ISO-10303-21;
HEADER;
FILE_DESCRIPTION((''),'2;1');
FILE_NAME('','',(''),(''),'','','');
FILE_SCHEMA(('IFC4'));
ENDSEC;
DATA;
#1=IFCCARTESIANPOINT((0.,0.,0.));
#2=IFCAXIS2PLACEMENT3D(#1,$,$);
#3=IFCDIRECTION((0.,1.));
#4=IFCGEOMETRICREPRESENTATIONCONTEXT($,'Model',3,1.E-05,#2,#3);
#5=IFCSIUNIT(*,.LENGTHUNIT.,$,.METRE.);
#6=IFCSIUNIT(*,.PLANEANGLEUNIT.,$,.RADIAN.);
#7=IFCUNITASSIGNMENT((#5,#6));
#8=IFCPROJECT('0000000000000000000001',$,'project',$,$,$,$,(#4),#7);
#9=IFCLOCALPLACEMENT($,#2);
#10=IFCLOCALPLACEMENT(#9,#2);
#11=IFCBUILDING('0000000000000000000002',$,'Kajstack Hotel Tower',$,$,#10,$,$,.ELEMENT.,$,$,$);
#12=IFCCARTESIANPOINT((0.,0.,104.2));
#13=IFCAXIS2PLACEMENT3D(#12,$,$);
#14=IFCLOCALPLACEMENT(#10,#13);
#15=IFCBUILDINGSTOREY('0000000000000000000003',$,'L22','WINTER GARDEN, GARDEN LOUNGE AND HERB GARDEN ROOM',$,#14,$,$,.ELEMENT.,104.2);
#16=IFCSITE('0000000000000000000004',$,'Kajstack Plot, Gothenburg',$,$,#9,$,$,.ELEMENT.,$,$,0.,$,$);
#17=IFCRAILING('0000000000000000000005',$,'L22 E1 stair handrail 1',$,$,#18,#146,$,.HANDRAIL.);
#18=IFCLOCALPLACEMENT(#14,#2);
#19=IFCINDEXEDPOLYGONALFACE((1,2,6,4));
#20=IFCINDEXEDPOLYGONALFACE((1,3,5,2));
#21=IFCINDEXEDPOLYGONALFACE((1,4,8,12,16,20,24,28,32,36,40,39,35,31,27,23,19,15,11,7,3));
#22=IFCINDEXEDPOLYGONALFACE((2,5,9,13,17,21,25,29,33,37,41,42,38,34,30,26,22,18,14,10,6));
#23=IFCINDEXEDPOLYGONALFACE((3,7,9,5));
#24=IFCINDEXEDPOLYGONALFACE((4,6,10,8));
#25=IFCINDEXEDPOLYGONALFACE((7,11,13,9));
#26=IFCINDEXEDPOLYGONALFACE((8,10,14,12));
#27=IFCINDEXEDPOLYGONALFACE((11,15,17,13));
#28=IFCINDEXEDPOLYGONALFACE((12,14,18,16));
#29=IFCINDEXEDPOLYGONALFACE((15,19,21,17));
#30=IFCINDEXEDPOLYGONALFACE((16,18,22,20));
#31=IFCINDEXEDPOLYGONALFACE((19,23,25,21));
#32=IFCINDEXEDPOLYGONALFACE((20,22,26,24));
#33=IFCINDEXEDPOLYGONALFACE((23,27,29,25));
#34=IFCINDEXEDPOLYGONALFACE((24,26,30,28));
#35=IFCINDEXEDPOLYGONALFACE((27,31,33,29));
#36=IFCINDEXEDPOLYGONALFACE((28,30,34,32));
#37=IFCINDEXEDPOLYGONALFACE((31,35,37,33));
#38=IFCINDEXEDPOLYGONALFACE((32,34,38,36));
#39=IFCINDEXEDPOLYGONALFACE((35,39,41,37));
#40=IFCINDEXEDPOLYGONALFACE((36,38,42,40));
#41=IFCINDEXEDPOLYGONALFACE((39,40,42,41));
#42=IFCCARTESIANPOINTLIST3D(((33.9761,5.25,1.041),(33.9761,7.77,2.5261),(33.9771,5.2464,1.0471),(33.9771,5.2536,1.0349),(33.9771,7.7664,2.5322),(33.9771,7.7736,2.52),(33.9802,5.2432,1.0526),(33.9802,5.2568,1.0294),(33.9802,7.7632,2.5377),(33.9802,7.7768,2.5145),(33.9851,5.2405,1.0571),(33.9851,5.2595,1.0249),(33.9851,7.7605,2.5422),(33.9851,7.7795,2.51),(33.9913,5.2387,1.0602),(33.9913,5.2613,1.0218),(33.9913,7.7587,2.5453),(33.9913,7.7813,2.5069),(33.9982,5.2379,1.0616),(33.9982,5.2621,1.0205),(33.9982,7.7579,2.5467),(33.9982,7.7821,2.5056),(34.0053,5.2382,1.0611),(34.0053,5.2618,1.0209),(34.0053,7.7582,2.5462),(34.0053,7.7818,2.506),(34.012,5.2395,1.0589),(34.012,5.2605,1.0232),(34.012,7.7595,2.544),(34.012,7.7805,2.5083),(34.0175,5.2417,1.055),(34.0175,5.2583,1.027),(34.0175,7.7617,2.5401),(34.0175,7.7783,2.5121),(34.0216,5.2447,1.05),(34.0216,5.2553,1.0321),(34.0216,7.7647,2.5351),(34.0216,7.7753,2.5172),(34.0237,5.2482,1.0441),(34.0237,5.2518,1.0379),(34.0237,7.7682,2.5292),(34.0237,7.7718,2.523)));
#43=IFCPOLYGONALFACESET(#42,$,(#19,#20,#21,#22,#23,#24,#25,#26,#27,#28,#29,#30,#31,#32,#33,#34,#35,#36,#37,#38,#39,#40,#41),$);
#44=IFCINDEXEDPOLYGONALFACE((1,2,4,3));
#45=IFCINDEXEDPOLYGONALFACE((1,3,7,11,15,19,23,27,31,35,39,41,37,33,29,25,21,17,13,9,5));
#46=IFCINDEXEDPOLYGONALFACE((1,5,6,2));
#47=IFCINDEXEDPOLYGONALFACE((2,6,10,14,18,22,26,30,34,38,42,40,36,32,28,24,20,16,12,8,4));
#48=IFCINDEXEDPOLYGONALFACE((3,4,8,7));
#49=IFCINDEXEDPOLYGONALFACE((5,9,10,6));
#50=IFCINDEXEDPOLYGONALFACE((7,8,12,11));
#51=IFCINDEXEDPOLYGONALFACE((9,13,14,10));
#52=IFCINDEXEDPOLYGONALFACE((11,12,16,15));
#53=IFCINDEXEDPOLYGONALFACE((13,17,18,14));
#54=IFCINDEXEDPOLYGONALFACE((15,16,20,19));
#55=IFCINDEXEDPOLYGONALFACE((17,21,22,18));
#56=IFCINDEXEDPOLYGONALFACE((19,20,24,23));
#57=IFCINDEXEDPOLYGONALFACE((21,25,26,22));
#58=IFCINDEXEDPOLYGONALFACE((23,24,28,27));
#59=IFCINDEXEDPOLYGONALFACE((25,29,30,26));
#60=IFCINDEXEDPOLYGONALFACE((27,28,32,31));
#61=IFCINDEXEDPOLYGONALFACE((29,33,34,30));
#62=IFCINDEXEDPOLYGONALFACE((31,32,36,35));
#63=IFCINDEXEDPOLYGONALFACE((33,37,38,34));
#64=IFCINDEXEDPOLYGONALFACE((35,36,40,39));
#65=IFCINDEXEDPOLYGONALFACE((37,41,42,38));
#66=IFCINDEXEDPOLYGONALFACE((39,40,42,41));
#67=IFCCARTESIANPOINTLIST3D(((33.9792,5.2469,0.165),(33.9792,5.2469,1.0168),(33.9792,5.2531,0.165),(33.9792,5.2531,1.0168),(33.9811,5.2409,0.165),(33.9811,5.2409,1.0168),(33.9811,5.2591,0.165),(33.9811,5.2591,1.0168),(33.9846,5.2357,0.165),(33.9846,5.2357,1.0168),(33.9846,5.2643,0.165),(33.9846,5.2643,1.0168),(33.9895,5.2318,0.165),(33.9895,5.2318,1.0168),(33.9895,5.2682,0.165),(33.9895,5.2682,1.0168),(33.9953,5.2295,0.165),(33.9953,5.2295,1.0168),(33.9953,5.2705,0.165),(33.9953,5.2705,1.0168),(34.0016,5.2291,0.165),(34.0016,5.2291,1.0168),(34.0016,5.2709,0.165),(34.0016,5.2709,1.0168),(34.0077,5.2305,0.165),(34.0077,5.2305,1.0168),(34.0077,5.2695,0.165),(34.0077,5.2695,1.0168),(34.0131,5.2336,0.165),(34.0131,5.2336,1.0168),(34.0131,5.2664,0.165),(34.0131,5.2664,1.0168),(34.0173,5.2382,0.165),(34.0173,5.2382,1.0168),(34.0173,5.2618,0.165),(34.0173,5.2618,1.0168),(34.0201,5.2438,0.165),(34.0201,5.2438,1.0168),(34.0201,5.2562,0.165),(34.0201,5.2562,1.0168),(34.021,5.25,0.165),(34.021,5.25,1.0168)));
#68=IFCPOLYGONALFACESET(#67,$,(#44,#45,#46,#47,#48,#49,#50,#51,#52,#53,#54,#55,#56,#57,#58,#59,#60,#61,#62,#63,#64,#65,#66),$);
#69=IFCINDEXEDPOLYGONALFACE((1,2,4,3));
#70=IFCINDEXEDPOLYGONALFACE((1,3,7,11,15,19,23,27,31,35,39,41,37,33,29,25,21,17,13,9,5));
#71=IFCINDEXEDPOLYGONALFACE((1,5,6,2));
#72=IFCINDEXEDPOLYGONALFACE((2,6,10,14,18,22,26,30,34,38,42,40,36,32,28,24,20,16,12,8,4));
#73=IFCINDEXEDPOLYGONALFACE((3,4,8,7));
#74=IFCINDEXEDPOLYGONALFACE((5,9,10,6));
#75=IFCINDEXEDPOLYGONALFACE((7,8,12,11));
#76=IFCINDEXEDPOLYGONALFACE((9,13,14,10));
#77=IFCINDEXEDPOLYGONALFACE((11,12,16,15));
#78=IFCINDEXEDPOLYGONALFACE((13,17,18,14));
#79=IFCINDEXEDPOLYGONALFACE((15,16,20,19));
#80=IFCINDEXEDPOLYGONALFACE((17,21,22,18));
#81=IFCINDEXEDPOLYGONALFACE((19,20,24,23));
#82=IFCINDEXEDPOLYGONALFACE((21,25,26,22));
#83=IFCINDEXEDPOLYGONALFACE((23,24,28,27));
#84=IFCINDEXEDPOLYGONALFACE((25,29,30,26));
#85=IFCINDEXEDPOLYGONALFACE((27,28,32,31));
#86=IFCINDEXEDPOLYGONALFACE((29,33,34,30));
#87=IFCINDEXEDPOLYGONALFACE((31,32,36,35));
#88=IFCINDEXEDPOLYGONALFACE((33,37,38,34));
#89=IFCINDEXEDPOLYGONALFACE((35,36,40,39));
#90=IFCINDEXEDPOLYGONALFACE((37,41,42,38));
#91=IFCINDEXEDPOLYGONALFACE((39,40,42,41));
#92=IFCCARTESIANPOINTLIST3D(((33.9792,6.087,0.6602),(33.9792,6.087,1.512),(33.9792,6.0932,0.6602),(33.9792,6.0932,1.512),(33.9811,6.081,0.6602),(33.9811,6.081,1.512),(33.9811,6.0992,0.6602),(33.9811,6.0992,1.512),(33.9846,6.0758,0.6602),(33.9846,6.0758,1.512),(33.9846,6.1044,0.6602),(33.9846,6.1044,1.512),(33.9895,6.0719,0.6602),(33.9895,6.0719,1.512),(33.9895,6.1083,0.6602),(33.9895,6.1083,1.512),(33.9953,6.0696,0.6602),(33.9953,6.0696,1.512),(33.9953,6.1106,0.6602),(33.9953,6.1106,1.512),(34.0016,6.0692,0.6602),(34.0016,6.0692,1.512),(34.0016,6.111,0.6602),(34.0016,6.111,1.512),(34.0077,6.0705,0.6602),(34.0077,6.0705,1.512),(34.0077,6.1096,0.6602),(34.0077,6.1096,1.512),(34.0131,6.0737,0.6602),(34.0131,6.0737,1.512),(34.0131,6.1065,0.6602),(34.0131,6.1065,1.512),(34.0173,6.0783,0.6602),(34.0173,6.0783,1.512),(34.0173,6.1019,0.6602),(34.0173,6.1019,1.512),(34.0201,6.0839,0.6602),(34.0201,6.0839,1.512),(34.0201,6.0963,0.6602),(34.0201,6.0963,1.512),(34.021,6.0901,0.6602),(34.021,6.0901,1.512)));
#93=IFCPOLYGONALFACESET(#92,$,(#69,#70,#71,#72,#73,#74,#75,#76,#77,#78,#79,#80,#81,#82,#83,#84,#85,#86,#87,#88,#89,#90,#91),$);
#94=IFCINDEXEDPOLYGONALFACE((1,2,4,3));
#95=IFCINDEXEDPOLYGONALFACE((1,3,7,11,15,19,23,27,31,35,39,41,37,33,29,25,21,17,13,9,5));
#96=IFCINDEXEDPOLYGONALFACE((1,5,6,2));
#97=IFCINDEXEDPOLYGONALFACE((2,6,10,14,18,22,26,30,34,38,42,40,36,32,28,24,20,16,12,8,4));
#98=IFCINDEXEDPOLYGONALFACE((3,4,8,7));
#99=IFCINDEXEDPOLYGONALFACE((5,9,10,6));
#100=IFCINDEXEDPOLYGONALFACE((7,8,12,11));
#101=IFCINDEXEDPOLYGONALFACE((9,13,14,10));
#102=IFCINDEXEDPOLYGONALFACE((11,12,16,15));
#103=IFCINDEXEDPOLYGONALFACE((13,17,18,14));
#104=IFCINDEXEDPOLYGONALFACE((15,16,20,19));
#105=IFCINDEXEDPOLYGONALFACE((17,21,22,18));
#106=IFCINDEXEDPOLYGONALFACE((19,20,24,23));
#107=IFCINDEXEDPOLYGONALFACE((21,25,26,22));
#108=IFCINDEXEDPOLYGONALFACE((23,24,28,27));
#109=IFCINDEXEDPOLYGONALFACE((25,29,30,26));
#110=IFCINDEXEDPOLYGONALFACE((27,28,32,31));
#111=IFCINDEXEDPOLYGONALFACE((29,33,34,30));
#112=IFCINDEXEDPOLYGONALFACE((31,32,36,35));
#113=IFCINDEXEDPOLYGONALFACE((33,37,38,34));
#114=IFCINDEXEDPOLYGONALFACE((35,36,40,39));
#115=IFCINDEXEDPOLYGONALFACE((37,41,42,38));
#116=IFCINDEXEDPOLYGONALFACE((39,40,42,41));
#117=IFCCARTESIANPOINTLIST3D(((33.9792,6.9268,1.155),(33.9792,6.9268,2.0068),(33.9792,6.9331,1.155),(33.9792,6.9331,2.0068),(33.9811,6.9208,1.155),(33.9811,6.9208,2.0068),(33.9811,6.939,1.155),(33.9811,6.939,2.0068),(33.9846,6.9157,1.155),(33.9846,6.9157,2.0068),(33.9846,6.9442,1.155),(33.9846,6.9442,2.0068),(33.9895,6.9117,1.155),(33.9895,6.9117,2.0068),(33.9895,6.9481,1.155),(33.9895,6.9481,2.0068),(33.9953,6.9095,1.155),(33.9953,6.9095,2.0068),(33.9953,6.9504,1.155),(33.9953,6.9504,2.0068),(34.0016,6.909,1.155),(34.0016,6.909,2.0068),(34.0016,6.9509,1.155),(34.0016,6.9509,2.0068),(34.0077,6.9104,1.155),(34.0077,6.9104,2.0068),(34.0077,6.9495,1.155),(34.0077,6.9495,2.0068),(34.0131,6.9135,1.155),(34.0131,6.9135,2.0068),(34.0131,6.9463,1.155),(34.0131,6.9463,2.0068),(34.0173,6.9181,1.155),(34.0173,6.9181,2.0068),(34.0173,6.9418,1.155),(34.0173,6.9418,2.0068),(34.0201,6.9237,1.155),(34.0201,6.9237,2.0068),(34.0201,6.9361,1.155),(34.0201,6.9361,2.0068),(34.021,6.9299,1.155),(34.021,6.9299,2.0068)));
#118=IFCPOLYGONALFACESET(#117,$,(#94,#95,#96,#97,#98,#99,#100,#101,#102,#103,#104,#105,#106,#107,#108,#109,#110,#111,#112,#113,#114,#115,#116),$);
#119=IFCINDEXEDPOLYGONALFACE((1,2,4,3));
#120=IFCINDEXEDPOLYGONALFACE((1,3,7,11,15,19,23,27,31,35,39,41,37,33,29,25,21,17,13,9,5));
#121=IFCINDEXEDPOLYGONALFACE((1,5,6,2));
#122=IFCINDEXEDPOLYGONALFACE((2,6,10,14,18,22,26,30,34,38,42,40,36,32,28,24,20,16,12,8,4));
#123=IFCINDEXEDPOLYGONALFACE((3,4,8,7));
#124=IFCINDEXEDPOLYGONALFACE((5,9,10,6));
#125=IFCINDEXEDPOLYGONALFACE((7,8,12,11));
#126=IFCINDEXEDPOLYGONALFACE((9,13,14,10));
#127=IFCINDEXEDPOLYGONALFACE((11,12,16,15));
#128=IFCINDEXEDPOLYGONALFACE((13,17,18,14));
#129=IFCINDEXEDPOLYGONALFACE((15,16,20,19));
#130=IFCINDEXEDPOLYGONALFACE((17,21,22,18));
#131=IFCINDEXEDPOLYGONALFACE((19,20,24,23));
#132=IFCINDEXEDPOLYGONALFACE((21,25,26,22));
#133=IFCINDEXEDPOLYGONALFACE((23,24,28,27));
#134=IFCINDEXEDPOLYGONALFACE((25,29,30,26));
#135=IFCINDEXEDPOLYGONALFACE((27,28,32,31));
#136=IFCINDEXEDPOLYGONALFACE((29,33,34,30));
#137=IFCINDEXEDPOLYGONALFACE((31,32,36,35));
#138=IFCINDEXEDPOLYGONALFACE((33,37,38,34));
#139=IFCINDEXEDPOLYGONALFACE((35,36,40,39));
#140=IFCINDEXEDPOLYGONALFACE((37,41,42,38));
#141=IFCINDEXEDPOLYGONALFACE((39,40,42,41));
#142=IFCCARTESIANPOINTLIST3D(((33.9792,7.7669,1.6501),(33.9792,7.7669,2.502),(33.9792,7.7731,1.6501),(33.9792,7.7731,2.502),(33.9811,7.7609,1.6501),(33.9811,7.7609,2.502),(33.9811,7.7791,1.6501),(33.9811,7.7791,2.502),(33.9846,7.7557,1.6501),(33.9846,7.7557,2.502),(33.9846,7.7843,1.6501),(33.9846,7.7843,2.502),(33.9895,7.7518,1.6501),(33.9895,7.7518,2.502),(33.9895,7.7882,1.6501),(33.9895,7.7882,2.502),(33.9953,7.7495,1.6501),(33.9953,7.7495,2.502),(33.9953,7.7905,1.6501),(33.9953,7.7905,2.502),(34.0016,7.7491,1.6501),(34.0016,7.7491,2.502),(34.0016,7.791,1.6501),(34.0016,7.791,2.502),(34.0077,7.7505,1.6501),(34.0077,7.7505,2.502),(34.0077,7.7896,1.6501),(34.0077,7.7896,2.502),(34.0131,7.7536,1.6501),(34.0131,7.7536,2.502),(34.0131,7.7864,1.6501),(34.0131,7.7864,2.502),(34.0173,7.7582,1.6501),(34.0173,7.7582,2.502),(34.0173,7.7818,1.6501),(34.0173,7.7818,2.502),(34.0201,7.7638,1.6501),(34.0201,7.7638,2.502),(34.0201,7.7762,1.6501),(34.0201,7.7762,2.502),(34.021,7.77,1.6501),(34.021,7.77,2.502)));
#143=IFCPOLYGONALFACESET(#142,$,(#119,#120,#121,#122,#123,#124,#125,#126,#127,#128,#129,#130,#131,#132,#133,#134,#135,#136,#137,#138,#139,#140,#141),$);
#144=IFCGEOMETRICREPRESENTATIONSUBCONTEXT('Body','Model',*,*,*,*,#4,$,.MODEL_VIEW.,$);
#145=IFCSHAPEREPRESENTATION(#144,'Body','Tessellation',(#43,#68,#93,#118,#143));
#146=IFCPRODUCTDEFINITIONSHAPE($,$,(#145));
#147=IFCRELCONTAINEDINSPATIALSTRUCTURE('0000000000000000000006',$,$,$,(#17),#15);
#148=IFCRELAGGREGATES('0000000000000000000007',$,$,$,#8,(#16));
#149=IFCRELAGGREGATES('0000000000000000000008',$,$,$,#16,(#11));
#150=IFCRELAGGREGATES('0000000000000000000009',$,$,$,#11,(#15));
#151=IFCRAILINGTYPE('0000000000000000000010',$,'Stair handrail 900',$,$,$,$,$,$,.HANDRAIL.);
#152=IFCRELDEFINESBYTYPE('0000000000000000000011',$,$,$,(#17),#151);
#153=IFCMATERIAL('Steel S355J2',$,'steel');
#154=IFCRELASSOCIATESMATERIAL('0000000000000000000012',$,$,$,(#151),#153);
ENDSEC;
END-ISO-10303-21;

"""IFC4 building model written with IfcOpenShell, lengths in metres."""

from ifc_helpers import new_model, si_unit, direction, frame, origin, origin_2d, place, context, subcontext, project, spatial, circle, extrude, material, type_object, element, save


model = new_model("IFC4")

# Units and contexts
model_context = context("Model", 3, precision=1e-05, world=origin(), true_north=direction((0.0, 1.0)))
body_context = subcontext(model_context, "Body", "Model", "MODEL_VIEW")
ifc_project = project(units=[si_unit("LENGTHUNIT", "METRE"), si_unit("PLANEANGLEUNIT", "RADIAN")], contexts=[model_context])

# Site, building, storey
site_placement = place(None, origin())
site = spatial("IfcSite", under=ifc_project, at=site_placement, Name="Kajstack Plot, Gothenburg", CompositionType="ELEMENT", RefElevation=0.0)
building_placement = place(site_placement, origin())
building = spatial("IfcBuilding", under=site, at=building_placement, Name="Kajstack Hotel Tower", CompositionType="ELEMENT")
storey_placement = place(building_placement, frame((0.0, 0.0, 104.2)))
storey = spatial("IfcBuildingStorey", under=building, at=storey_placement, Name="L22", Description="WINTER GARDEN, GARDEN LOUNGE AND HERB GARDEN ROOM", CompositionType="ELEMENT", Elevation=104.2)

# Railing
ifc_material_1 = material(Name="Steel S355J2", Category="steel")
railing_type = type_object("IfcRailingType", Name="Stair handrail 900", PredefinedType="HANDRAIL", material=ifc_material_1)
railing_1_placement = place(storey_placement, frame((34.0, 5.25, 0.165)))
element("IfcRailing", 1, at=railing_1_placement, inside=storey, type_object=railing_type, Name="L22 E1 stair handrail 1", PredefinedType="HANDRAIL", context=body_context, shape_type="SweptSolid", body=[
    extrude(circle(Radius=0.0239, at=origin_2d()), frame((0.0, 0.0, 0.876), z_axis=(0.0, 0.861524, 0.507717), x_axis=(-1.0, 0.0, 0.0)), (0.0, 0.0, 1.0), 2.925),
    extrude(circle(Radius=0.021, at=origin_2d()), origin(), (0.0, 0.0, 1.0), 0.8518),
    extrude(circle(Radius=0.021, at=origin_2d()), frame((0.0, 0.8401, 0.4951)), (0.0, 0.0, 1.0), 0.8518),
    extrude(circle(Radius=0.021, at=origin_2d()), frame((0.0, 1.6799, 0.99)), (0.0, 0.0, 1.0), 0.8518),
    extrude(circle(Radius=0.021, at=origin_2d()), frame((0.0, 2.52, 1.4851)), (0.0, 0.0, 1.0), 0.8518),
])

save(model, "model.ifc")
